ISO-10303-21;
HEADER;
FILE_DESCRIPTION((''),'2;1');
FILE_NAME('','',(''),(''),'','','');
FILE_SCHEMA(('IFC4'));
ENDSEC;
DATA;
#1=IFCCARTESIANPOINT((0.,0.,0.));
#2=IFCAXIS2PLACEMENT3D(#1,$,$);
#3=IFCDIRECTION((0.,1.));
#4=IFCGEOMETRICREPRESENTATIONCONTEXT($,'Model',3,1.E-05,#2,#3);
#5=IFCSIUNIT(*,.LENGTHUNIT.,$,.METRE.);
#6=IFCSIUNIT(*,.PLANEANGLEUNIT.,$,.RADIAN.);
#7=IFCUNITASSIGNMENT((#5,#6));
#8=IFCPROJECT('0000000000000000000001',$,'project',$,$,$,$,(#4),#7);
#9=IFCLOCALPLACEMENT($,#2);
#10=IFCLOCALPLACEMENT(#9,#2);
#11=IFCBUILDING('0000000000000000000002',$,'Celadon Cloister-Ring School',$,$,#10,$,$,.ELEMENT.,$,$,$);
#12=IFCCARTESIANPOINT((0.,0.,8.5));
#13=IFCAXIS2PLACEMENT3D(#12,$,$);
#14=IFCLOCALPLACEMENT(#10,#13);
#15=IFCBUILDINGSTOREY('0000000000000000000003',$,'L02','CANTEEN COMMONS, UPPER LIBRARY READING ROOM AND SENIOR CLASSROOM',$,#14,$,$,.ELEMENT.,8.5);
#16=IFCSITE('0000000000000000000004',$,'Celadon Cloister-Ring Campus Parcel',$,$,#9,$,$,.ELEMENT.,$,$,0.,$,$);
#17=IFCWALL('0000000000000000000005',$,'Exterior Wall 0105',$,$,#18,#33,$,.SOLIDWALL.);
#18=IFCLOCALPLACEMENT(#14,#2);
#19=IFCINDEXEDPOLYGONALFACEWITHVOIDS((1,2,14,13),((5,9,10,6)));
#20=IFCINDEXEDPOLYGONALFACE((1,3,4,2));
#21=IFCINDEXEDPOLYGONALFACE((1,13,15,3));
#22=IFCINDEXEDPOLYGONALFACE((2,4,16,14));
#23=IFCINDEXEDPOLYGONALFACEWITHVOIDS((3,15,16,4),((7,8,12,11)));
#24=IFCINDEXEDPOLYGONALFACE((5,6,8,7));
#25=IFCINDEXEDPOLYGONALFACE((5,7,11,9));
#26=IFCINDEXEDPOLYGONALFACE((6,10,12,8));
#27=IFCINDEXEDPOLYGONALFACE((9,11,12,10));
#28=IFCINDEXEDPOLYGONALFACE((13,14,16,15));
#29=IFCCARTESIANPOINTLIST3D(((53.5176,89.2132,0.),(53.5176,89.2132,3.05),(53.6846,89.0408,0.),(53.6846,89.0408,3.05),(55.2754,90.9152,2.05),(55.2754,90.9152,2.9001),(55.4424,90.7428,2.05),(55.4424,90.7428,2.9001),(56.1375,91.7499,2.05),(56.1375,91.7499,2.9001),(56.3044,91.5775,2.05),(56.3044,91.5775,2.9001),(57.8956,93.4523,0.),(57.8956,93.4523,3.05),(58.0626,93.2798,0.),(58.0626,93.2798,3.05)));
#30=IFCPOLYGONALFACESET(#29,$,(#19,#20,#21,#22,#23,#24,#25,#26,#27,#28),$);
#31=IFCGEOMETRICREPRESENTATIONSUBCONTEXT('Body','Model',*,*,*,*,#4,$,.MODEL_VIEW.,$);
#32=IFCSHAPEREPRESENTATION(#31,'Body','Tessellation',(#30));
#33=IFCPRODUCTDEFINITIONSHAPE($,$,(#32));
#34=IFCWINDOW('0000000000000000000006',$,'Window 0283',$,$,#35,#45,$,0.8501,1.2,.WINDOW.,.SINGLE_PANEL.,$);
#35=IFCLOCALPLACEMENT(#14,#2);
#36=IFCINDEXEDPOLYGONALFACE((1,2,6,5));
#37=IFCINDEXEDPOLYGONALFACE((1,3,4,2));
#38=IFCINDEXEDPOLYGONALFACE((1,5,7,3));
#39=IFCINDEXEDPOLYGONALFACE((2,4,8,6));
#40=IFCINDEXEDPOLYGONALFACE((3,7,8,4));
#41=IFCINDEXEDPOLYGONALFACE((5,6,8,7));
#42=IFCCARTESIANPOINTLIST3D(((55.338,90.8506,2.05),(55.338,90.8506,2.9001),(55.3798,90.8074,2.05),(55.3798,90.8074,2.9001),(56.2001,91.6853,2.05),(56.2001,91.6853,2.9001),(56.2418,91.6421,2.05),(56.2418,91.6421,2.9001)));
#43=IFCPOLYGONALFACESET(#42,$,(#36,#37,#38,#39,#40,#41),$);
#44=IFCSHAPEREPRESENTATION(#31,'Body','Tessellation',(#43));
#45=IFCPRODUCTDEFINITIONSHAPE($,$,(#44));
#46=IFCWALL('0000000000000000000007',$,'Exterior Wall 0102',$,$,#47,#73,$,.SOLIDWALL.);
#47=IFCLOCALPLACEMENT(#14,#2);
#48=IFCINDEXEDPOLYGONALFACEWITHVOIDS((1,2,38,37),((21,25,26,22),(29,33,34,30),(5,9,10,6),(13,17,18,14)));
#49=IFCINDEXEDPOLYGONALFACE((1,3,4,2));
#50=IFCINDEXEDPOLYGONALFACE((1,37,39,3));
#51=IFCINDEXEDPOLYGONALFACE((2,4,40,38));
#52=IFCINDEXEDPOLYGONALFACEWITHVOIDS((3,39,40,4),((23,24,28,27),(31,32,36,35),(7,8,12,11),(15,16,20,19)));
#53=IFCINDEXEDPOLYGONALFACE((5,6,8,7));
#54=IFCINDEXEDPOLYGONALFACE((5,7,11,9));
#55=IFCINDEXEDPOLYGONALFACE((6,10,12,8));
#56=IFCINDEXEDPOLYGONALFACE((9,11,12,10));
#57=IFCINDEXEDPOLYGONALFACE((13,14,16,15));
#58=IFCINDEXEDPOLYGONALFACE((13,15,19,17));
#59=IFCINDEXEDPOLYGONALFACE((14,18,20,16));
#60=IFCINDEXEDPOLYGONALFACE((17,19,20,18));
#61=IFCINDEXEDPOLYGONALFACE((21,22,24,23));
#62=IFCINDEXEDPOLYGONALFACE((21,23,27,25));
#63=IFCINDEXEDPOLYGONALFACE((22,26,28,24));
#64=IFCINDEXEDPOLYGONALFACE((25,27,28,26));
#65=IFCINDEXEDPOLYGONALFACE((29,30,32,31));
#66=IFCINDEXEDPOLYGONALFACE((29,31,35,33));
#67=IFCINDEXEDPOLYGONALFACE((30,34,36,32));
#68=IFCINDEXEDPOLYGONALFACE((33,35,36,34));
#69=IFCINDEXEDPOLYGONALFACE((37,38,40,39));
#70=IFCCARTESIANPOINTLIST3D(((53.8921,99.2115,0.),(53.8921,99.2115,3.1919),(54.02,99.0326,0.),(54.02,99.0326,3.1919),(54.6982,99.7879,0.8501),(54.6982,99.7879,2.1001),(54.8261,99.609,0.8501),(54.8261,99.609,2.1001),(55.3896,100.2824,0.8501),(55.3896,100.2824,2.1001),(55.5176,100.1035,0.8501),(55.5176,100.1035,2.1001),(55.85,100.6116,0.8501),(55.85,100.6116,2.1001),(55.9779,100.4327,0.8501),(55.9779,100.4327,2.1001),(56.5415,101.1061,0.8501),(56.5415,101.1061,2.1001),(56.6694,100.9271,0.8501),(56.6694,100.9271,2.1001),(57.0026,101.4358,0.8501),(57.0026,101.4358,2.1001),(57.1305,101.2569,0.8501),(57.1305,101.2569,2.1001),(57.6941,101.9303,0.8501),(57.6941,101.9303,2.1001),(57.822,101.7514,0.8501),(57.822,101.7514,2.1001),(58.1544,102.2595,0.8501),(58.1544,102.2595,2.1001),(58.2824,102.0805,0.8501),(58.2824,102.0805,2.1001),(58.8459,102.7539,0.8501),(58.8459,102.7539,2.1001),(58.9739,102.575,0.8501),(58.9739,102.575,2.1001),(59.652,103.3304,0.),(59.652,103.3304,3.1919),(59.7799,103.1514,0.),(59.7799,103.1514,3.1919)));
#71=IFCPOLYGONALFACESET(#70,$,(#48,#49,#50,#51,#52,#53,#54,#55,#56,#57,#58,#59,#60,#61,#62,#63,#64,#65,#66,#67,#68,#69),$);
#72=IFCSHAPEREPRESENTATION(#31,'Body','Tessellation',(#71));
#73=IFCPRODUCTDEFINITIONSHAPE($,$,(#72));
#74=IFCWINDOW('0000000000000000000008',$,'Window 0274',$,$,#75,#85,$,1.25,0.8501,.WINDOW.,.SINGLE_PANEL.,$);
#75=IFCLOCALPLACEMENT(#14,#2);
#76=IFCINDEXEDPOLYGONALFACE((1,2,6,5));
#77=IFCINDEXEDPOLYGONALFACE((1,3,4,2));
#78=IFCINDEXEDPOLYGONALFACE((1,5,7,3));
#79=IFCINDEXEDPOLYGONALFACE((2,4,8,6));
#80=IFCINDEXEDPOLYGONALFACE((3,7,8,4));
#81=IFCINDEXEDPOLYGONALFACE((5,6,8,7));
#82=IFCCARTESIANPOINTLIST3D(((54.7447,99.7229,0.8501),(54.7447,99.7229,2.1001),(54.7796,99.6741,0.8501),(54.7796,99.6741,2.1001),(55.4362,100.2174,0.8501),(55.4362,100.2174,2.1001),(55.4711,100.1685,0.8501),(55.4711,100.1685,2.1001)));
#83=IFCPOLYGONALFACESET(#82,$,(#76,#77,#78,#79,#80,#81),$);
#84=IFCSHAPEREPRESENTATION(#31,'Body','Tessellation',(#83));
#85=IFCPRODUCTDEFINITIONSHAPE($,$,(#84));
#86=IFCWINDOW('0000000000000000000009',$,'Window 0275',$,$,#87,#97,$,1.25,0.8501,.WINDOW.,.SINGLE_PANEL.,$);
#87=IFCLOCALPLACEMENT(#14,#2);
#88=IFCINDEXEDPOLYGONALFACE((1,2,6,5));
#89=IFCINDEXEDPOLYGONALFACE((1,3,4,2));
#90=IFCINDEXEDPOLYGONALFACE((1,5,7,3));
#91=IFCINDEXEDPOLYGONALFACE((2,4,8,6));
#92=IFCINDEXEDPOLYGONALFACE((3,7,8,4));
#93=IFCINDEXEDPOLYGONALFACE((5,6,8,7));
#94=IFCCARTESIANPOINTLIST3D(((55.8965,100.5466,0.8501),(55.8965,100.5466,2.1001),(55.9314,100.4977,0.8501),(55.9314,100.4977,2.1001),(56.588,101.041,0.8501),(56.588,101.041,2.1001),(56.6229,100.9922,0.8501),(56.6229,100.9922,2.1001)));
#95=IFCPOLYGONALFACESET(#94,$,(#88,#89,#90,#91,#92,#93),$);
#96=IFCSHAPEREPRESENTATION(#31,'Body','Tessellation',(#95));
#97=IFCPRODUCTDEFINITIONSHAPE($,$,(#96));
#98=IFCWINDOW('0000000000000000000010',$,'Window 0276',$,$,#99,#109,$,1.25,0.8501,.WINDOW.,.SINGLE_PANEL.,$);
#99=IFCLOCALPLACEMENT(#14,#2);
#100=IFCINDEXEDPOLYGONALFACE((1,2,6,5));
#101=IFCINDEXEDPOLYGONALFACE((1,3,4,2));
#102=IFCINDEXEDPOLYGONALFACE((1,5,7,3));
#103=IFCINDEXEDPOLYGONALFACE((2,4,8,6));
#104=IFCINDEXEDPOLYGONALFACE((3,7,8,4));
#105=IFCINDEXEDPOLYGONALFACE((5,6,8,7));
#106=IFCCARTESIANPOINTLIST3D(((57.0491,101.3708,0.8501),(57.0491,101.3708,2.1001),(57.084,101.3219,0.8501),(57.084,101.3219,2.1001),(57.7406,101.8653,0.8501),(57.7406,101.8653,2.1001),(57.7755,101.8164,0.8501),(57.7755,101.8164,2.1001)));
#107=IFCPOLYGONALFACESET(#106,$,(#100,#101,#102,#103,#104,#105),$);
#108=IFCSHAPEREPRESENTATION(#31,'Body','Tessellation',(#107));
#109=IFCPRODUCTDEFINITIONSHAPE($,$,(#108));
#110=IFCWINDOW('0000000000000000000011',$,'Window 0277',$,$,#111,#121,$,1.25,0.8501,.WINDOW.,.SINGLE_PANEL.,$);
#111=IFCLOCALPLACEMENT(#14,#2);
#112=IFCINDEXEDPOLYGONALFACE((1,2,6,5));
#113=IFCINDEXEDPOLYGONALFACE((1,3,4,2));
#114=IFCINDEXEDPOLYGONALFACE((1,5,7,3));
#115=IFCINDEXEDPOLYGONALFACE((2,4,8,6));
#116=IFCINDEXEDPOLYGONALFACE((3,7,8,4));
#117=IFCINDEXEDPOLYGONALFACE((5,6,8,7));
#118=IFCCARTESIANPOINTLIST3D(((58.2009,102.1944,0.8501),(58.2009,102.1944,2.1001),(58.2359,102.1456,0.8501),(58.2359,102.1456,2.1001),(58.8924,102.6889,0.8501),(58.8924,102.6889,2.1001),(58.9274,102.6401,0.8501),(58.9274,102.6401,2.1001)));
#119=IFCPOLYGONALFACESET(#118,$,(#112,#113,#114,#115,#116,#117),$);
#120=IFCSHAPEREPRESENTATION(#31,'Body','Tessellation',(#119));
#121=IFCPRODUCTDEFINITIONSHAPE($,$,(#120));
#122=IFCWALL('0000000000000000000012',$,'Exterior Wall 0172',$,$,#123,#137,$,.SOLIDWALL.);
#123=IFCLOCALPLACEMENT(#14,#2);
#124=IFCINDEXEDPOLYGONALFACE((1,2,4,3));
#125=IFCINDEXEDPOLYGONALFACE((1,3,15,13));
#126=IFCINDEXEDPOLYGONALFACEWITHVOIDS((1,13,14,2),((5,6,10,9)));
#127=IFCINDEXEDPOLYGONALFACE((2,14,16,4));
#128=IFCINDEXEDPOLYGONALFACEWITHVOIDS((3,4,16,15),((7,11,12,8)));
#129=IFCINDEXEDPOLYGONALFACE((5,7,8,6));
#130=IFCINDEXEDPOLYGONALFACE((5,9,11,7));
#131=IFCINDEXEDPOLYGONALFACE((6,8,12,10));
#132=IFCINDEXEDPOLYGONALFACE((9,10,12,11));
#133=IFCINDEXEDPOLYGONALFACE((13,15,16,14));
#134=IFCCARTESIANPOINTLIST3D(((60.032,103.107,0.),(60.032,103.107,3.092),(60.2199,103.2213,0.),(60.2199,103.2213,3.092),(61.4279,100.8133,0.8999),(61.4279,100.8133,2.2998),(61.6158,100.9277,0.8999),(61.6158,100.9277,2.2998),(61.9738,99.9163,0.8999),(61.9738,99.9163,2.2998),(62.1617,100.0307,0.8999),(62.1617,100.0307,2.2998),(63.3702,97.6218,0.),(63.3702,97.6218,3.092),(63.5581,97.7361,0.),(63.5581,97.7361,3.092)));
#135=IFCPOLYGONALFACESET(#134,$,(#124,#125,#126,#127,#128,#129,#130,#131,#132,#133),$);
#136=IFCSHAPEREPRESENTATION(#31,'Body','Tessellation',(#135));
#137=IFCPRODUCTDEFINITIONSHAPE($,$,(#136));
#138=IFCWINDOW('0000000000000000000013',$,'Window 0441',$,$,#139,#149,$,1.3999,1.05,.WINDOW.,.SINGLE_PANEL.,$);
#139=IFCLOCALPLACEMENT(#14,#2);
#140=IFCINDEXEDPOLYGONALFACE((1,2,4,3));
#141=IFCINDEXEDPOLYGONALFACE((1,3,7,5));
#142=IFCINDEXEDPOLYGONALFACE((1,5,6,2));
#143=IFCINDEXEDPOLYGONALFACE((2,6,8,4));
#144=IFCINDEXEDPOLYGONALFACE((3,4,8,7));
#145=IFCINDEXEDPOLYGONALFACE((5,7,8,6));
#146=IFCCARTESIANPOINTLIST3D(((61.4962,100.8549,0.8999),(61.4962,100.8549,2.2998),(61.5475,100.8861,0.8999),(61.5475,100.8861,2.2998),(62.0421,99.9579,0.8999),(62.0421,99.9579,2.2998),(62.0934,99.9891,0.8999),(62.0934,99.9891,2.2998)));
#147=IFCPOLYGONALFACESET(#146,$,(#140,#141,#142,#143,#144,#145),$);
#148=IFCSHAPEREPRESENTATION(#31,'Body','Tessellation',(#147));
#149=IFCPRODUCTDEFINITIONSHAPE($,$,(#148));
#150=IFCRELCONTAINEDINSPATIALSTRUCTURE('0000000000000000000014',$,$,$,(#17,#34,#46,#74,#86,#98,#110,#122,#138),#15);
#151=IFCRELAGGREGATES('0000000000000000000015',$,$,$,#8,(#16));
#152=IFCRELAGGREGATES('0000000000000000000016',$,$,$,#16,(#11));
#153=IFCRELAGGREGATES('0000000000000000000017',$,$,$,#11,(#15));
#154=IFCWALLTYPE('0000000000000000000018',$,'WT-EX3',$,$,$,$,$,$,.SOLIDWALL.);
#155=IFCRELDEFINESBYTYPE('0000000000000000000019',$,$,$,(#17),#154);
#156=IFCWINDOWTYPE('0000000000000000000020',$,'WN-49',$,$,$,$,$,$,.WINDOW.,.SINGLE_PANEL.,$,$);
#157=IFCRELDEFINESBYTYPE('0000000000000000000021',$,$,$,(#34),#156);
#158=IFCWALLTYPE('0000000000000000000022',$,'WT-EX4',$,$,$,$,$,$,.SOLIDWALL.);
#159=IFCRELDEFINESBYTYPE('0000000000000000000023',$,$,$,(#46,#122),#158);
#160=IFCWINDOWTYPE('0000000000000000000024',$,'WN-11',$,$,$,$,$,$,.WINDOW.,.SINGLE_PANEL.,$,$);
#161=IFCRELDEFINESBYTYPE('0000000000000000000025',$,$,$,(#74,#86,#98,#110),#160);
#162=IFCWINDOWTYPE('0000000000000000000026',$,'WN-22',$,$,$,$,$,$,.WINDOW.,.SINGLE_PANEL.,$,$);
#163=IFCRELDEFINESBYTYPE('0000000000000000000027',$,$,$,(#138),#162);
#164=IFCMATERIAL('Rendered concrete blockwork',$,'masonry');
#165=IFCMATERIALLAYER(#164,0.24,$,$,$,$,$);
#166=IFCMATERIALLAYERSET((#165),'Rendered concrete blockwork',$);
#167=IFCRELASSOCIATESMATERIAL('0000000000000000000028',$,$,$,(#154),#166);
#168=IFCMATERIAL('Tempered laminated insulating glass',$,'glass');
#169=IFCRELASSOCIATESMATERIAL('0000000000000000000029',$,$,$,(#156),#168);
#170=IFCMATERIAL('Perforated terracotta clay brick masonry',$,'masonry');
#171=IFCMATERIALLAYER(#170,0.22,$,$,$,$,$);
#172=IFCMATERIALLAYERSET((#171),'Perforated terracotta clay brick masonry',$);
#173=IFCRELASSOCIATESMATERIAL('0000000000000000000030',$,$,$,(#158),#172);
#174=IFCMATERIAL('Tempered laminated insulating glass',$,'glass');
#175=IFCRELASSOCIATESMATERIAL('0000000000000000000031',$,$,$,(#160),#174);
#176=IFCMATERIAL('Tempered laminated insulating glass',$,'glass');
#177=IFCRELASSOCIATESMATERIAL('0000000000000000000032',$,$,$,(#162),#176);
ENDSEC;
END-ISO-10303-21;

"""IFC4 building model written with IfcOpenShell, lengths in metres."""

from ifc_helpers import new_model, si_unit, direction, frame, frame_2d, origin, place, context, subcontext, project, spatial, rectangle, extrude, material, layer, layer_set, type_object, element, fill, save


model = new_model("IFC4")

# Units and contexts
model_context = context("Model", 3, precision=1e-05, world=origin(), true_north=direction((0.0, 1.0)))
body_context = subcontext(model_context, "Body", "Model", "MODEL_VIEW")
ifc_project = project(units=[si_unit("LENGTHUNIT", "METRE"), si_unit("PLANEANGLEUNIT", "RADIAN")], contexts=[model_context])

# Site, building, storey
site_placement = place(None, origin())
site = spatial("IfcSite", under=ifc_project, at=site_placement, Name="Celadon Cloister-Ring Campus Parcel", CompositionType="ELEMENT", RefElevation=0.0)
building_placement = place(site_placement, origin())
building = spatial("IfcBuilding", under=site, at=building_placement, Name="Celadon Cloister-Ring School", CompositionType="ELEMENT")
storey_placement = place(building_placement, frame((0.0, 0.0, 8.5)))
storey = spatial("IfcBuildingStorey", under=building, at=storey_placement, Name="L02", Description="CANTEEN COMMONS, UPPER LIBRARY READING ROOM AND SENIOR CLASSROOM", CompositionType="ELEMENT", Elevation=8.5)

# Wall, opening, window
ifc_material_1 = material(Name="Rendered concrete blockwork", Category="masonry")
ifc_layer_1 = layer(ifc_material_1, 0.24)
ifc_layer_set_1 = layer_set([ifc_layer_1], Name="Rendered concrete blockwork")
wall_type_1 = type_object("IfcWallType", Name="WT-EX3", PredefinedType="SOLIDWALL", material=ifc_layer_set_1)
wall_1_placement = place(storey_placement, frame((57.979, 93.366, 0.0), z_axis=(0.0, 0.0, 1.0), x_axis=(-0.718413, -0.695617, 0.0)))
wall_1 = element("IfcWall", 1, at=wall_1_placement, inside=storey, type_object=wall_type_1, Name="Exterior Wall 0105", PredefinedType="SOLIDWALL", context=body_context, shape_type="SweptSolid", body=[
    extrude(rectangle(XDim=6.094, YDim=0.24, at=frame_2d((3.0469, 0.0))), origin(), (0.0, 0.0, 1.0), 3.05),
])
opening_1_placement = place(wall_1_placement, frame((2.447, 0.0, 2.05)))
opening_1 = element("IfcOpeningElement", 2, at=opening_1_placement, cuts=wall_1, PredefinedType="OPENING", context=body_context, shape_type="SweptSolid", body=[
    extrude(rectangle(XDim=1.2, YDim=0.8501, at=frame_2d((0.6001, 0.425))), frame((0.0, 0.1299, 0.0), z_axis=(0.0, -1.0, 0.0), x_axis=(1.0, 0.0, 0.0)), (0.0, 0.0, 1.0), 0.26),
])
ifc_material_2 = material(Name="Tempered laminated insulating glass", Category="glass")
window_type_1 = type_object("IfcWindowType", Name="WN-49", PartitioningType="SINGLE_PANEL", PredefinedType="WINDOW", material=ifc_material_2)
window_1_placement = place(opening_1_placement, origin())
window_1 = element("IfcWindow", 3, at=window_1_placement, inside=storey, type_object=window_type_1, Name="Window 0283", OverallHeight=0.8501, OverallWidth=1.2, PartitioningType="SINGLE_PANEL", PredefinedType="WINDOW", context=body_context, shape_type="SweptSolid", body=[
    extrude(rectangle(XDim=1.2, YDim=0.8501, at=frame_2d((0.6001, 0.425))), frame((0.0, 0.03, 0.0), z_axis=(0.0, -1.0, 0.0), x_axis=(1.0, 0.0, 0.0)), (0.0, 0.0, 1.0), 0.0601),
])
fill(opening_1, window_1)

# Wall, openings, windows
ifc_material_3 = material(Name="Perforated terracotta clay brick masonry", Category="masonry")
ifc_layer_2 = layer(ifc_material_3, 0.22)
ifc_layer_set_2 = layer_set([ifc_layer_2], Name="Perforated terracotta clay brick masonry")
wall_type_2 = type_object("IfcWallType", Name="WT-EX4", PredefinedType="SOLIDWALL", material=ifc_layer_set_2)
wall_2_placement = place(storey_placement, frame((53.9561, 99.1221, 0.0), z_axis=(0.0, 0.0, 1.0), x_axis=(0.813426, 0.581669, 0.0)))
wall_2 = element("IfcWall", 4, at=wall_2_placement, inside=storey, type_object=wall_type_2, Name="Exterior Wall 0102", PredefinedType="SOLIDWALL", context=body_context, shape_type="SweptSolid", body=[
    extrude(rectangle(XDim=7.0811, YDim=0.22, at=frame_2d((3.5405, 0.0))), origin(), (0.0, 0.0, 1.0), 3.1919),
])
opening_2_placement = place(wall_2_placement, frame((0.991, 0.0, 0.8501)))
opening_2 = element("IfcOpeningElement", 5, at=opening_2_placement, cuts=wall_2, PredefinedType="OPENING", context=body_context, shape_type="SweptSolid", body=[
    extrude(rectangle(XDim=0.8501, YDim=1.25, at=frame_2d((0.425, 0.625))), frame((0.0, 0.1201, 0.0), z_axis=(0.0, -1.0, 0.0), x_axis=(1.0, 0.0, 0.0)), (0.0, 0.0, 1.0), 0.24),
])
opening_3_placement = place(wall_2_placement, frame((2.407, 0.0, 0.8501)))
opening_3 = element("IfcOpeningElement", 6, at=opening_3_placement, cuts=wall_2, PredefinedType="OPENING", context=body_context, shape_type="SweptSolid", body=[
    extrude(rectangle(XDim=0.8501, YDim=1.25, at=frame_2d((0.425, 0.625))), frame((0.0, 0.1201, 0.0), z_axis=(0.0, -1.0, 0.0), x_axis=(1.0, 0.0, 0.0)), (0.0, 0.0, 1.0), 0.24),
])
opening_4_placement = place(wall_2_placement, frame((3.824, 0.0, 0.8501)))
opening_4 = element("IfcOpeningElement", 7, at=opening_4_placement, cuts=wall_2, PredefinedType="OPENING", context=body_context, shape_type="SweptSolid", body=[
    extrude(rectangle(XDim=0.8501, YDim=1.25, at=frame_2d((0.425, 0.625))), frame((0.0, 0.1201, 0.0), z_axis=(0.0, -1.0, 0.0), x_axis=(1.0, 0.0, 0.0)), (0.0, 0.0, 1.0), 0.24),
])
opening_5_placement = place(wall_2_placement, frame((5.24, 0.0, 0.8501)))
opening_5 = element("IfcOpeningElement", 8, at=opening_5_placement, cuts=wall_2, PredefinedType="OPENING", context=body_context, shape_type="SweptSolid", body=[
    extrude(rectangle(XDim=0.8501, YDim=1.25, at=frame_2d((0.425, 0.625))), frame((0.0, 0.1201, 0.0), z_axis=(0.0, -1.0, 0.0), x_axis=(1.0, 0.0, 0.0)), (0.0, 0.0, 1.0), 0.24),
])
ifc_material_4 = material(Name="Tempered laminated insulating glass", Category="glass")
window_type_2 = type_object("IfcWindowType", Name="WN-11", PartitioningType="SINGLE_PANEL", PredefinedType="WINDOW", material=ifc_material_4)
window_2_placement = place(opening_2_placement, origin())
window_2 = element("IfcWindow", 9, at=window_2_placement, inside=storey, type_object=window_type_2, Name="Window 0274", OverallHeight=1.25, OverallWidth=0.8501, PartitioningType="SINGLE_PANEL", PredefinedType="WINDOW", context=body_context, shape_type="SweptSolid", body=[
    extrude(rectangle(XDim=0.8501, YDim=1.25, at=frame_2d((0.425, 0.625))), frame((0.0, 0.03, 0.0), z_axis=(0.0, -1.0, 0.0), x_axis=(1.0, 0.0, 0.0)), (0.0, 0.0, 1.0), 0.0601),
])
fill(opening_2, window_2)
window_3_placement = place(opening_3_placement, origin())
window_3 = element("IfcWindow", 10, at=window_3_placement, inside=storey, type_object=window_type_2, Name="Window 0275", OverallHeight=1.25, OverallWidth=0.8501, PartitioningType="SINGLE_PANEL", PredefinedType="WINDOW", context=body_context, shape_type="SweptSolid", body=[
    extrude(rectangle(XDim=0.8501, YDim=1.25, at=frame_2d((0.425, 0.625))), frame((0.0, 0.03, 0.0), z_axis=(0.0, -1.0, 0.0), x_axis=(1.0, 0.0, 0.0)), (0.0, 0.0, 1.0), 0.0601),
])
fill(opening_3, window_3)
window_4_placement = place(opening_4_placement, origin())
window_4 = element("IfcWindow", 11, at=window_4_placement, inside=storey, type_object=window_type_2, Name="Window 0276", OverallHeight=1.25, OverallWidth=0.8501, PartitioningType="SINGLE_PANEL", PredefinedType="WINDOW", context=body_context, shape_type="SweptSolid", body=[
    extrude(rectangle(XDim=0.8501, YDim=1.25, at=frame_2d((0.425, 0.625))), frame((0.0, 0.03, 0.0), z_axis=(0.0, -1.0, 0.0), x_axis=(1.0, 0.0, 0.0)), (0.0, 0.0, 1.0), 0.0601),
])
fill(opening_4, window_4)
window_5_placement = place(opening_5_placement, origin())
window_5 = element("IfcWindow", 12, at=window_5_placement, inside=storey, type_object=window_type_2, Name="Window 0277", OverallHeight=1.25, OverallWidth=0.8501, PartitioningType="SINGLE_PANEL", PredefinedType="WINDOW", context=body_context, shape_type="SweptSolid", body=[
    extrude(rectangle(XDim=0.8501, YDim=1.25, at=frame_2d((0.425, 0.625))), frame((0.0, 0.03, 0.0), z_axis=(0.0, -1.0, 0.0), x_axis=(1.0, 0.0, 0.0)), (0.0, 0.0, 1.0), 0.0601),
])
fill(opening_5, window_5)

# Wall, opening, window
wall_3_placement = place(storey_placement, frame((60.126, 103.1641, 0.0), z_axis=(0.0, 0.0, 1.0), x_axis=(0.519876, -0.854242, 0.0)))
wall_3 = element("IfcWall", 13, at=wall_3_placement, inside=storey, type_object=wall_type_2, Name="Exterior Wall 0172", PredefinedType="SOLIDWALL", context=body_context, shape_type="SweptSolid", body=[
    extrude(rectangle(XDim=6.4211, YDim=0.22, at=frame_2d((3.2104, 0.0))), origin(), (0.0, 0.0, 1.0), 3.092),
])
opening_6_placement = place(wall_3_placement, frame((2.6851, 0.0, 0.8999)))
opening_6 = element("IfcOpeningElement", 14, at=opening_6_placement, cuts=wall_3, PredefinedType="OPENING", context=body_context, shape_type="SweptSolid", body=[
    extrude(rectangle(XDim=1.05, YDim=1.3999, at=frame_2d((0.5249, 0.7))), frame((0.0, 0.1201, 0.0), z_axis=(0.0, -1.0, 0.0), x_axis=(1.0, 0.0, 0.0)), (0.0, 0.0, 1.0), 0.24),
])
ifc_material_5 = material(Name="Tempered laminated insulating glass", Category="glass")
window_type_3 = type_object("IfcWindowType", Name="WN-22", PartitioningType="SINGLE_PANEL", PredefinedType="WINDOW", material=ifc_material_5)
window_6_placement = place(opening_6_placement, origin())
window_6 = element("IfcWindow", 15, at=window_6_placement, inside=storey, type_object=window_type_3, Name="Window 0441", OverallHeight=1.3999, OverallWidth=1.05, PartitioningType="SINGLE_PANEL", PredefinedType="WINDOW", context=body_context, shape_type="SweptSolid", body=[
    extrude(rectangle(XDim=1.05, YDim=1.3999, at=frame_2d((0.5249, 0.7))), frame((0.0, 0.03, 0.0), z_axis=(0.0, -1.0, 0.0), x_axis=(1.0, 0.0, 0.0)), (0.0, 0.0, 1.0), 0.0601),
])
fill(opening_6, window_6)

save(model, "model.ifc")
